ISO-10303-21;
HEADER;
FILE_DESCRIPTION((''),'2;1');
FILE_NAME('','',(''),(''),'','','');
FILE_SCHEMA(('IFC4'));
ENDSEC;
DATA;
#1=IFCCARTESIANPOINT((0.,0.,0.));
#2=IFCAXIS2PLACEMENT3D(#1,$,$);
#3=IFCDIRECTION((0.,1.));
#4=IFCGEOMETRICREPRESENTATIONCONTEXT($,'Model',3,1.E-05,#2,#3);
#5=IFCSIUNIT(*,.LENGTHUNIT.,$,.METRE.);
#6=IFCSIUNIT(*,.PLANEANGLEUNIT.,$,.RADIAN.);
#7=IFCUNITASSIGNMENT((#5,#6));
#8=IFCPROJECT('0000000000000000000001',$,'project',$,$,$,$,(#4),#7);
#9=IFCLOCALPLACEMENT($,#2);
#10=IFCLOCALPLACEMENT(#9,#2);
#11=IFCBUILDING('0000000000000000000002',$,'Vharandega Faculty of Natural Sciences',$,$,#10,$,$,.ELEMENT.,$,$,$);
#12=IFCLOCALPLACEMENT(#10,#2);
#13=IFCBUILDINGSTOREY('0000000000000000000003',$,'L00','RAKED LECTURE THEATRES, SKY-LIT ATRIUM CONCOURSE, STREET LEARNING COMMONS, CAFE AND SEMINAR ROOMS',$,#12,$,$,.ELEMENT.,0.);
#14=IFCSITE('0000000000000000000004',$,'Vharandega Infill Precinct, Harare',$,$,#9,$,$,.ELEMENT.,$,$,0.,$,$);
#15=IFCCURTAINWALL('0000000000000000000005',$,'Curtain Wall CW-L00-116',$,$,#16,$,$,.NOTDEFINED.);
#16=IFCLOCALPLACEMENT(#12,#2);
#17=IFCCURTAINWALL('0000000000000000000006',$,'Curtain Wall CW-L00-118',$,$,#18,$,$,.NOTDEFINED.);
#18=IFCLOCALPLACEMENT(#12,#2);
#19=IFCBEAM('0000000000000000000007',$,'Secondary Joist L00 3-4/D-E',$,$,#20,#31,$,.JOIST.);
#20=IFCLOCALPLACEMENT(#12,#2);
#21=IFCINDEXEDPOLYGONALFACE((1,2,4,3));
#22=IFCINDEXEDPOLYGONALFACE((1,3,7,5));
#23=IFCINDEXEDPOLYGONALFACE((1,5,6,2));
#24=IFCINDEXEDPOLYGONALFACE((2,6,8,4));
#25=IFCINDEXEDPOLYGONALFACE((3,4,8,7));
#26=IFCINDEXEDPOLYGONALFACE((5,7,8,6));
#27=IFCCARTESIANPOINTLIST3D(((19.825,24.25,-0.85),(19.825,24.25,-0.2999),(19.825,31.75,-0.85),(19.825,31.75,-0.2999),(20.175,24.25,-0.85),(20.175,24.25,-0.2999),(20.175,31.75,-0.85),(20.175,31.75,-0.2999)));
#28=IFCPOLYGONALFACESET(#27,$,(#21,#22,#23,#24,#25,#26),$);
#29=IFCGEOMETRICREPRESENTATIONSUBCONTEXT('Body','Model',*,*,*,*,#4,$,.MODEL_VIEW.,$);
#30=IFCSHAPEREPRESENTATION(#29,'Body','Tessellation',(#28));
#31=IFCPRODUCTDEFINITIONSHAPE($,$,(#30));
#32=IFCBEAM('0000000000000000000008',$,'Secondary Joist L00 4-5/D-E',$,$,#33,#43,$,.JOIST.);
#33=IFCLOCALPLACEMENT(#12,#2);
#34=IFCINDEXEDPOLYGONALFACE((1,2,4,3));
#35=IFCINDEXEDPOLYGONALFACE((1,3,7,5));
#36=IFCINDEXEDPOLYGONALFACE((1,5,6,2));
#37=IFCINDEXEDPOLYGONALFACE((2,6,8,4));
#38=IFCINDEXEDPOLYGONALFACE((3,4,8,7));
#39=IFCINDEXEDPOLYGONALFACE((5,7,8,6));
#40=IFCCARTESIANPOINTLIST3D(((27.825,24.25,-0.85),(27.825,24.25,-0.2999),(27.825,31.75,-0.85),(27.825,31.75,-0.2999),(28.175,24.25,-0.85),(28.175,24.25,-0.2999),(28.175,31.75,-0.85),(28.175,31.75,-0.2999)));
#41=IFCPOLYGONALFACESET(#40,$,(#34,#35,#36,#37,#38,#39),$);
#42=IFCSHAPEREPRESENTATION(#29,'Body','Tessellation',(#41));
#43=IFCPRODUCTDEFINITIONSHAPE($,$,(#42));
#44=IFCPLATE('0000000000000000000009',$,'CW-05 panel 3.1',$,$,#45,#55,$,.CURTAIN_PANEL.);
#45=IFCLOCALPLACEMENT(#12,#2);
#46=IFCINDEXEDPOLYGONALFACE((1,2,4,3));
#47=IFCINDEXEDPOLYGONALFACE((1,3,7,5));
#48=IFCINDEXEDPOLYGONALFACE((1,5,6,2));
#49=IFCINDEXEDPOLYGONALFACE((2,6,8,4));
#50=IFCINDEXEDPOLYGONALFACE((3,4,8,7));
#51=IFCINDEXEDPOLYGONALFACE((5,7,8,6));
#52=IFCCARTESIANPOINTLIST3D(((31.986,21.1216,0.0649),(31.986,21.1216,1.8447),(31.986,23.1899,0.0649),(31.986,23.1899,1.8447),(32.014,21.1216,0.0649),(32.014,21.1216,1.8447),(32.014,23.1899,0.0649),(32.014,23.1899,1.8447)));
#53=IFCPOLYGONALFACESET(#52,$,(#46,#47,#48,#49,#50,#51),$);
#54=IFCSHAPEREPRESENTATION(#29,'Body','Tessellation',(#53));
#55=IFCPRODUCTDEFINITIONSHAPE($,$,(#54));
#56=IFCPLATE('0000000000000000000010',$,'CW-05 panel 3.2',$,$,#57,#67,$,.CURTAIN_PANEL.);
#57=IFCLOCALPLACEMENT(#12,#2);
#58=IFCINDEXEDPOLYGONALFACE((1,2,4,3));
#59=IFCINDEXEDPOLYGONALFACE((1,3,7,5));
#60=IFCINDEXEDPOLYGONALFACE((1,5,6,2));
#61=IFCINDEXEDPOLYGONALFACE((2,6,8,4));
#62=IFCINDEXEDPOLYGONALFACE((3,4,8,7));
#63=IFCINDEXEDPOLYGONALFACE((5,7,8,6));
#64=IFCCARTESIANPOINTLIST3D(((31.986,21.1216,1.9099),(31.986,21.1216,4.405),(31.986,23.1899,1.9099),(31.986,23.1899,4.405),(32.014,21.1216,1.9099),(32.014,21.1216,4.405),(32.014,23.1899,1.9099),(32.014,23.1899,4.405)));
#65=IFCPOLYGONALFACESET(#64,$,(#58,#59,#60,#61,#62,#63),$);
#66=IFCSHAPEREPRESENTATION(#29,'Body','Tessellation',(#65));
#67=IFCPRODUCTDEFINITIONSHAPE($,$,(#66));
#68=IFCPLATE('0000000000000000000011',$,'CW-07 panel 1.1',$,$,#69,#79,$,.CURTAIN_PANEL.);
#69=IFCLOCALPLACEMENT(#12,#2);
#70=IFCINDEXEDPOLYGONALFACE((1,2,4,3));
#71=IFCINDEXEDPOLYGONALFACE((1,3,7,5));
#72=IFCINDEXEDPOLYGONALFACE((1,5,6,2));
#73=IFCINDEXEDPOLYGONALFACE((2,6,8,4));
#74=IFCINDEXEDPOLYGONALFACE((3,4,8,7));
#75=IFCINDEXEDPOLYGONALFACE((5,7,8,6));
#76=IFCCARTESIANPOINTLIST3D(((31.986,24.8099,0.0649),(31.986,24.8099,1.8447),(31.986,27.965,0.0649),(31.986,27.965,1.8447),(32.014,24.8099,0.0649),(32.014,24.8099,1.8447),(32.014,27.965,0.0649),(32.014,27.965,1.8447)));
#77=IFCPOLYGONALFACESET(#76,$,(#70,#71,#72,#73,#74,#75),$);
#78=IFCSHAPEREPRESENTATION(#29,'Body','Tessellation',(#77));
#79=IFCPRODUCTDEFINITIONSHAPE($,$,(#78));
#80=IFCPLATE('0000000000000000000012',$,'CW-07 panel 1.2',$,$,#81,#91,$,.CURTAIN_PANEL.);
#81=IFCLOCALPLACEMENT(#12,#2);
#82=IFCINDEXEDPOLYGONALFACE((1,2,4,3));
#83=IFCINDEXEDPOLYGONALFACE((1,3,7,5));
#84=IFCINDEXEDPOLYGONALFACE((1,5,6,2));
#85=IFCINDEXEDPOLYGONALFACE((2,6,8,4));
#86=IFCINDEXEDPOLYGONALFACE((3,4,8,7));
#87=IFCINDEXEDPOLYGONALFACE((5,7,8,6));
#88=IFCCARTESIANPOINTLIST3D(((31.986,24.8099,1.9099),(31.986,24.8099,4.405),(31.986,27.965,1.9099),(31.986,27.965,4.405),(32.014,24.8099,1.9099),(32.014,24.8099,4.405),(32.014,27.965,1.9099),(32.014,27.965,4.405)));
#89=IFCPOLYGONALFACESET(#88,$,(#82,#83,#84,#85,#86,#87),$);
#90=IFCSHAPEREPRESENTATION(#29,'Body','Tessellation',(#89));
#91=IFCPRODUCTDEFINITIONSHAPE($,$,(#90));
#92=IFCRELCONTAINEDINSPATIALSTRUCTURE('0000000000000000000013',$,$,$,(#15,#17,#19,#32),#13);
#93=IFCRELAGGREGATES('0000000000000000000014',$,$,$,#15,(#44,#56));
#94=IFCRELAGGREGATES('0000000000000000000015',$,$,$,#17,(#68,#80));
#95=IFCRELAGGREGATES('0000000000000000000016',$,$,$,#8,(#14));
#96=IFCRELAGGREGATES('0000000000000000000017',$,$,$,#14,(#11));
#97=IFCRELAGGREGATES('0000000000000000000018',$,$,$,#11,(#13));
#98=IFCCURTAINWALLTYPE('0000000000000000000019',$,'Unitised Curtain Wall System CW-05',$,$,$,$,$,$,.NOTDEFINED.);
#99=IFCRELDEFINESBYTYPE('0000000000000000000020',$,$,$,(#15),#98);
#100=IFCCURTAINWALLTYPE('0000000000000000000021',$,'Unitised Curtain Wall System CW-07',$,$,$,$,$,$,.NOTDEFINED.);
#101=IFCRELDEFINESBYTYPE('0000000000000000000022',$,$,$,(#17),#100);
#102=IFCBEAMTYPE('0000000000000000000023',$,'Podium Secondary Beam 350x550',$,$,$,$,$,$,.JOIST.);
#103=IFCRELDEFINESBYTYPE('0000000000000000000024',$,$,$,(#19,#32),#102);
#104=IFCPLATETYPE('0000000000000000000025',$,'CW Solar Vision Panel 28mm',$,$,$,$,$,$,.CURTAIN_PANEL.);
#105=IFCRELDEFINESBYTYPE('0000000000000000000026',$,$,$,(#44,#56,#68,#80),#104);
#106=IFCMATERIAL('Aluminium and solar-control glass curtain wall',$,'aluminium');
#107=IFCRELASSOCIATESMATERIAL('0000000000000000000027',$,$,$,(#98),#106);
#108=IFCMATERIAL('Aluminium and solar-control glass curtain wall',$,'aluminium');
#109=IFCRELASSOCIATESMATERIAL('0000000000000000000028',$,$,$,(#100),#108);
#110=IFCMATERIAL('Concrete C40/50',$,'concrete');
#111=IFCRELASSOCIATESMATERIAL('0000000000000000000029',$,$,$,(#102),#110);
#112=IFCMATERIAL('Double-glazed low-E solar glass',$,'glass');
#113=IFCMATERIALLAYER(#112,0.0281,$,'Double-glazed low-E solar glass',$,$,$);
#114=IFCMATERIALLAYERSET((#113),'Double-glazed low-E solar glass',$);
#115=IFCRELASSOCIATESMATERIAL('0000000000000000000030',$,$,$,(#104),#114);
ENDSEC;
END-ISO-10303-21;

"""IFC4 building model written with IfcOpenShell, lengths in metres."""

from ifc_helpers import new_model, si_unit, direction, frame, origin, origin_2d, place, context, subcontext, project, spatial, rectangle, extrude, material, layer, layer_set, material_profile, profile_set, type_object, element, aggregate, save


model = new_model("IFC4")

# Units and contexts
model_context = context("Model", 3, precision=1e-05, world=origin(), true_north=direction((0.0, 1.0)))
body_context = subcontext(model_context, "Body", "Model", "MODEL_VIEW")
ifc_project = project(units=[si_unit("LENGTHUNIT", "METRE"), si_unit("PLANEANGLEUNIT", "RADIAN")], contexts=[model_context])

# Site, building, storey
site_placement = place(None, origin())
site = spatial("IfcSite", under=ifc_project, at=site_placement, Name="Vharandega Infill Precinct, Harare", CompositionType="ELEMENT", RefElevation=0.0)
building_placement = place(site_placement, origin())
building = spatial("IfcBuilding", under=site, at=building_placement, Name="Vharandega Faculty of Natural Sciences", CompositionType="ELEMENT")
storey_placement = place(building_placement, origin())
storey = spatial("IfcBuildingStorey", under=building, at=storey_placement, Name="L00", Description="RAKED LECTURE THEATRES, SKY-LIT ATRIUM CONCOURSE, STREET LEARNING COMMONS, CAFE AND SEMINAR ROOMS", CompositionType="ELEMENT", Elevation=0.0)

# Curtain walls
ifc_material_1 = material(Name="Aluminium and solar-control glass curtain wall", Category="aluminium")
curtain_wall_type_1 = type_object("IfcCurtainWallType", Name="Unitised Curtain Wall System CW-05", PredefinedType="NOTDEFINED", material=ifc_material_1)
curtain_wall_1_placement = place(storey_placement, origin())
curtain_wall_1 = element("IfcCurtainWall", 1, at=curtain_wall_1_placement, inside=storey, type_object=curtain_wall_type_1, Name="Curtain Wall CW-L00-116", PredefinedType="NOTDEFINED")
ifc_material_2 = material(Name="Aluminium and solar-control glass curtain wall", Category="aluminium")
curtain_wall_type_2 = type_object("IfcCurtainWallType", Name="Unitised Curtain Wall System CW-07", PredefinedType="NOTDEFINED", material=ifc_material_2)
curtain_wall_2_placement = place(storey_placement, origin())
curtain_wall_2 = element("IfcCurtainWall", 2, at=curtain_wall_2_placement, inside=storey, type_object=curtain_wall_type_2, Name="Curtain Wall CW-L00-118", PredefinedType="NOTDEFINED")

# Beams
ifc_material_3 = material(Name="Concrete C40/50", Category="concrete")
ifc_material_profile_1 = material_profile(ifc_material_3, rectangle(XDim=0.3501, YDim=0.55, at=origin_2d()), Name="RC 350x550")
ifc_profile_set_1 = profile_set([ifc_material_profile_1], Name="Concrete C40/50")
beam_type_1 = type_object("IfcBeamType", Name="Podium Secondary Beam 350x550", PredefinedType="JOIST", material=ifc_profile_set_1)
for number, where, z_axis, x_axis, name in (
    (3, (20.0, 24.25, -0.575), (0.0, 1.0, 0.0), (-1.0, 0.0, 0.0), "Secondary Joist L00 3-4/D-E"),
    (4, (28.0, 24.25, -0.575), (0.0, 1.0, 0.0), (-1.0, 0.0, 0.0), "Secondary Joist L00 4-5/D-E"),
):
    element("IfcBeam", number, at=place(storey_placement, frame(where, z_axis=z_axis, x_axis=x_axis)), inside=storey, type_object=beam_type_1, Name=name, PredefinedType="JOIST", context=body_context, shape_type="SweptSolid", body=[
        extrude(rectangle(XDim=0.3501, YDim=0.55, at=origin_2d()), origin(), (0.0, 0.0, 1.0), 7.5),
    ])

# Plates
ifc_material_4 = material(Name="Double-glazed low-E solar glass", Category="glass")
ifc_layer = layer(ifc_material_4, 0.0281, Name="Double-glazed low-E solar glass")
ifc_layer_set = layer_set([ifc_layer], Name="Double-glazed low-E solar glass")
plate_type = type_object("IfcPlateType", Name="CW Solar Vision Panel 28mm", PredefinedType="CURTAIN_PANEL", material=ifc_layer_set)
plate_1_placement = place(storey_placement, frame((32.0, 22.1558, 0.0649), z_axis=(0.0, 0.0, 1.0), x_axis=(0.0, 1.0, 0.0)))
plate_1 = element("IfcPlate", 5, at=plate_1_placement, type_object=plate_type, Name="CW-05 panel 3.1", PredefinedType="CURTAIN_PANEL", context=body_context, shape_type="SweptSolid", body=[
    extrude(rectangle(XDim=2.0684, YDim=0.0281, at=origin_2d()), origin(), (0.0, 0.0, 1.0), 1.7798),
])
plate_2_placement = place(storey_placement, frame((32.0, 22.1558, 1.9099), z_axis=(0.0, 0.0, 1.0), x_axis=(0.0, 1.0, 0.0)))
plate_2 = element("IfcPlate", 6, at=plate_2_placement, type_object=plate_type, Name="CW-05 panel 3.2", PredefinedType="CURTAIN_PANEL", context=body_context, shape_type="SweptSolid", body=[
    extrude(rectangle(XDim=2.0684, YDim=0.0281, at=origin_2d()), origin(), (0.0, 0.0, 1.0), 2.4951),
])
aggregate(curtain_wall_1, [plate_1, plate_2])
plate_3_placement = place(storey_placement, frame((32.0, 26.3875, 0.0649), z_axis=(0.0, 0.0, 1.0), x_axis=(0.0, 1.0, 0.0)))
plate_3 = element("IfcPlate", 7, at=plate_3_placement, type_object=plate_type, Name="CW-07 panel 1.1", PredefinedType="CURTAIN_PANEL", context=body_context, shape_type="SweptSolid", body=[
    extrude(rectangle(XDim=3.155, YDim=0.0281, at=origin_2d()), origin(), (0.0, 0.0, 1.0), 1.7798),
])
plate_4_placement = place(storey_placement, frame((32.0, 26.3875, 1.9099), z_axis=(0.0, 0.0, 1.0), x_axis=(0.0, 1.0, 0.0)))
plate_4 = element("IfcPlate", 8, at=plate_4_placement, type_object=plate_type, Name="CW-07 panel 1.2", PredefinedType="CURTAIN_PANEL", context=body_context, shape_type="SweptSolid", body=[
    extrude(rectangle(XDim=3.155, YDim=0.0281, at=origin_2d()), origin(), (0.0, 0.0, 1.0), 2.4951),
])
aggregate(curtain_wall_2, [plate_3, plate_4])

save(model, "model.ifc")
